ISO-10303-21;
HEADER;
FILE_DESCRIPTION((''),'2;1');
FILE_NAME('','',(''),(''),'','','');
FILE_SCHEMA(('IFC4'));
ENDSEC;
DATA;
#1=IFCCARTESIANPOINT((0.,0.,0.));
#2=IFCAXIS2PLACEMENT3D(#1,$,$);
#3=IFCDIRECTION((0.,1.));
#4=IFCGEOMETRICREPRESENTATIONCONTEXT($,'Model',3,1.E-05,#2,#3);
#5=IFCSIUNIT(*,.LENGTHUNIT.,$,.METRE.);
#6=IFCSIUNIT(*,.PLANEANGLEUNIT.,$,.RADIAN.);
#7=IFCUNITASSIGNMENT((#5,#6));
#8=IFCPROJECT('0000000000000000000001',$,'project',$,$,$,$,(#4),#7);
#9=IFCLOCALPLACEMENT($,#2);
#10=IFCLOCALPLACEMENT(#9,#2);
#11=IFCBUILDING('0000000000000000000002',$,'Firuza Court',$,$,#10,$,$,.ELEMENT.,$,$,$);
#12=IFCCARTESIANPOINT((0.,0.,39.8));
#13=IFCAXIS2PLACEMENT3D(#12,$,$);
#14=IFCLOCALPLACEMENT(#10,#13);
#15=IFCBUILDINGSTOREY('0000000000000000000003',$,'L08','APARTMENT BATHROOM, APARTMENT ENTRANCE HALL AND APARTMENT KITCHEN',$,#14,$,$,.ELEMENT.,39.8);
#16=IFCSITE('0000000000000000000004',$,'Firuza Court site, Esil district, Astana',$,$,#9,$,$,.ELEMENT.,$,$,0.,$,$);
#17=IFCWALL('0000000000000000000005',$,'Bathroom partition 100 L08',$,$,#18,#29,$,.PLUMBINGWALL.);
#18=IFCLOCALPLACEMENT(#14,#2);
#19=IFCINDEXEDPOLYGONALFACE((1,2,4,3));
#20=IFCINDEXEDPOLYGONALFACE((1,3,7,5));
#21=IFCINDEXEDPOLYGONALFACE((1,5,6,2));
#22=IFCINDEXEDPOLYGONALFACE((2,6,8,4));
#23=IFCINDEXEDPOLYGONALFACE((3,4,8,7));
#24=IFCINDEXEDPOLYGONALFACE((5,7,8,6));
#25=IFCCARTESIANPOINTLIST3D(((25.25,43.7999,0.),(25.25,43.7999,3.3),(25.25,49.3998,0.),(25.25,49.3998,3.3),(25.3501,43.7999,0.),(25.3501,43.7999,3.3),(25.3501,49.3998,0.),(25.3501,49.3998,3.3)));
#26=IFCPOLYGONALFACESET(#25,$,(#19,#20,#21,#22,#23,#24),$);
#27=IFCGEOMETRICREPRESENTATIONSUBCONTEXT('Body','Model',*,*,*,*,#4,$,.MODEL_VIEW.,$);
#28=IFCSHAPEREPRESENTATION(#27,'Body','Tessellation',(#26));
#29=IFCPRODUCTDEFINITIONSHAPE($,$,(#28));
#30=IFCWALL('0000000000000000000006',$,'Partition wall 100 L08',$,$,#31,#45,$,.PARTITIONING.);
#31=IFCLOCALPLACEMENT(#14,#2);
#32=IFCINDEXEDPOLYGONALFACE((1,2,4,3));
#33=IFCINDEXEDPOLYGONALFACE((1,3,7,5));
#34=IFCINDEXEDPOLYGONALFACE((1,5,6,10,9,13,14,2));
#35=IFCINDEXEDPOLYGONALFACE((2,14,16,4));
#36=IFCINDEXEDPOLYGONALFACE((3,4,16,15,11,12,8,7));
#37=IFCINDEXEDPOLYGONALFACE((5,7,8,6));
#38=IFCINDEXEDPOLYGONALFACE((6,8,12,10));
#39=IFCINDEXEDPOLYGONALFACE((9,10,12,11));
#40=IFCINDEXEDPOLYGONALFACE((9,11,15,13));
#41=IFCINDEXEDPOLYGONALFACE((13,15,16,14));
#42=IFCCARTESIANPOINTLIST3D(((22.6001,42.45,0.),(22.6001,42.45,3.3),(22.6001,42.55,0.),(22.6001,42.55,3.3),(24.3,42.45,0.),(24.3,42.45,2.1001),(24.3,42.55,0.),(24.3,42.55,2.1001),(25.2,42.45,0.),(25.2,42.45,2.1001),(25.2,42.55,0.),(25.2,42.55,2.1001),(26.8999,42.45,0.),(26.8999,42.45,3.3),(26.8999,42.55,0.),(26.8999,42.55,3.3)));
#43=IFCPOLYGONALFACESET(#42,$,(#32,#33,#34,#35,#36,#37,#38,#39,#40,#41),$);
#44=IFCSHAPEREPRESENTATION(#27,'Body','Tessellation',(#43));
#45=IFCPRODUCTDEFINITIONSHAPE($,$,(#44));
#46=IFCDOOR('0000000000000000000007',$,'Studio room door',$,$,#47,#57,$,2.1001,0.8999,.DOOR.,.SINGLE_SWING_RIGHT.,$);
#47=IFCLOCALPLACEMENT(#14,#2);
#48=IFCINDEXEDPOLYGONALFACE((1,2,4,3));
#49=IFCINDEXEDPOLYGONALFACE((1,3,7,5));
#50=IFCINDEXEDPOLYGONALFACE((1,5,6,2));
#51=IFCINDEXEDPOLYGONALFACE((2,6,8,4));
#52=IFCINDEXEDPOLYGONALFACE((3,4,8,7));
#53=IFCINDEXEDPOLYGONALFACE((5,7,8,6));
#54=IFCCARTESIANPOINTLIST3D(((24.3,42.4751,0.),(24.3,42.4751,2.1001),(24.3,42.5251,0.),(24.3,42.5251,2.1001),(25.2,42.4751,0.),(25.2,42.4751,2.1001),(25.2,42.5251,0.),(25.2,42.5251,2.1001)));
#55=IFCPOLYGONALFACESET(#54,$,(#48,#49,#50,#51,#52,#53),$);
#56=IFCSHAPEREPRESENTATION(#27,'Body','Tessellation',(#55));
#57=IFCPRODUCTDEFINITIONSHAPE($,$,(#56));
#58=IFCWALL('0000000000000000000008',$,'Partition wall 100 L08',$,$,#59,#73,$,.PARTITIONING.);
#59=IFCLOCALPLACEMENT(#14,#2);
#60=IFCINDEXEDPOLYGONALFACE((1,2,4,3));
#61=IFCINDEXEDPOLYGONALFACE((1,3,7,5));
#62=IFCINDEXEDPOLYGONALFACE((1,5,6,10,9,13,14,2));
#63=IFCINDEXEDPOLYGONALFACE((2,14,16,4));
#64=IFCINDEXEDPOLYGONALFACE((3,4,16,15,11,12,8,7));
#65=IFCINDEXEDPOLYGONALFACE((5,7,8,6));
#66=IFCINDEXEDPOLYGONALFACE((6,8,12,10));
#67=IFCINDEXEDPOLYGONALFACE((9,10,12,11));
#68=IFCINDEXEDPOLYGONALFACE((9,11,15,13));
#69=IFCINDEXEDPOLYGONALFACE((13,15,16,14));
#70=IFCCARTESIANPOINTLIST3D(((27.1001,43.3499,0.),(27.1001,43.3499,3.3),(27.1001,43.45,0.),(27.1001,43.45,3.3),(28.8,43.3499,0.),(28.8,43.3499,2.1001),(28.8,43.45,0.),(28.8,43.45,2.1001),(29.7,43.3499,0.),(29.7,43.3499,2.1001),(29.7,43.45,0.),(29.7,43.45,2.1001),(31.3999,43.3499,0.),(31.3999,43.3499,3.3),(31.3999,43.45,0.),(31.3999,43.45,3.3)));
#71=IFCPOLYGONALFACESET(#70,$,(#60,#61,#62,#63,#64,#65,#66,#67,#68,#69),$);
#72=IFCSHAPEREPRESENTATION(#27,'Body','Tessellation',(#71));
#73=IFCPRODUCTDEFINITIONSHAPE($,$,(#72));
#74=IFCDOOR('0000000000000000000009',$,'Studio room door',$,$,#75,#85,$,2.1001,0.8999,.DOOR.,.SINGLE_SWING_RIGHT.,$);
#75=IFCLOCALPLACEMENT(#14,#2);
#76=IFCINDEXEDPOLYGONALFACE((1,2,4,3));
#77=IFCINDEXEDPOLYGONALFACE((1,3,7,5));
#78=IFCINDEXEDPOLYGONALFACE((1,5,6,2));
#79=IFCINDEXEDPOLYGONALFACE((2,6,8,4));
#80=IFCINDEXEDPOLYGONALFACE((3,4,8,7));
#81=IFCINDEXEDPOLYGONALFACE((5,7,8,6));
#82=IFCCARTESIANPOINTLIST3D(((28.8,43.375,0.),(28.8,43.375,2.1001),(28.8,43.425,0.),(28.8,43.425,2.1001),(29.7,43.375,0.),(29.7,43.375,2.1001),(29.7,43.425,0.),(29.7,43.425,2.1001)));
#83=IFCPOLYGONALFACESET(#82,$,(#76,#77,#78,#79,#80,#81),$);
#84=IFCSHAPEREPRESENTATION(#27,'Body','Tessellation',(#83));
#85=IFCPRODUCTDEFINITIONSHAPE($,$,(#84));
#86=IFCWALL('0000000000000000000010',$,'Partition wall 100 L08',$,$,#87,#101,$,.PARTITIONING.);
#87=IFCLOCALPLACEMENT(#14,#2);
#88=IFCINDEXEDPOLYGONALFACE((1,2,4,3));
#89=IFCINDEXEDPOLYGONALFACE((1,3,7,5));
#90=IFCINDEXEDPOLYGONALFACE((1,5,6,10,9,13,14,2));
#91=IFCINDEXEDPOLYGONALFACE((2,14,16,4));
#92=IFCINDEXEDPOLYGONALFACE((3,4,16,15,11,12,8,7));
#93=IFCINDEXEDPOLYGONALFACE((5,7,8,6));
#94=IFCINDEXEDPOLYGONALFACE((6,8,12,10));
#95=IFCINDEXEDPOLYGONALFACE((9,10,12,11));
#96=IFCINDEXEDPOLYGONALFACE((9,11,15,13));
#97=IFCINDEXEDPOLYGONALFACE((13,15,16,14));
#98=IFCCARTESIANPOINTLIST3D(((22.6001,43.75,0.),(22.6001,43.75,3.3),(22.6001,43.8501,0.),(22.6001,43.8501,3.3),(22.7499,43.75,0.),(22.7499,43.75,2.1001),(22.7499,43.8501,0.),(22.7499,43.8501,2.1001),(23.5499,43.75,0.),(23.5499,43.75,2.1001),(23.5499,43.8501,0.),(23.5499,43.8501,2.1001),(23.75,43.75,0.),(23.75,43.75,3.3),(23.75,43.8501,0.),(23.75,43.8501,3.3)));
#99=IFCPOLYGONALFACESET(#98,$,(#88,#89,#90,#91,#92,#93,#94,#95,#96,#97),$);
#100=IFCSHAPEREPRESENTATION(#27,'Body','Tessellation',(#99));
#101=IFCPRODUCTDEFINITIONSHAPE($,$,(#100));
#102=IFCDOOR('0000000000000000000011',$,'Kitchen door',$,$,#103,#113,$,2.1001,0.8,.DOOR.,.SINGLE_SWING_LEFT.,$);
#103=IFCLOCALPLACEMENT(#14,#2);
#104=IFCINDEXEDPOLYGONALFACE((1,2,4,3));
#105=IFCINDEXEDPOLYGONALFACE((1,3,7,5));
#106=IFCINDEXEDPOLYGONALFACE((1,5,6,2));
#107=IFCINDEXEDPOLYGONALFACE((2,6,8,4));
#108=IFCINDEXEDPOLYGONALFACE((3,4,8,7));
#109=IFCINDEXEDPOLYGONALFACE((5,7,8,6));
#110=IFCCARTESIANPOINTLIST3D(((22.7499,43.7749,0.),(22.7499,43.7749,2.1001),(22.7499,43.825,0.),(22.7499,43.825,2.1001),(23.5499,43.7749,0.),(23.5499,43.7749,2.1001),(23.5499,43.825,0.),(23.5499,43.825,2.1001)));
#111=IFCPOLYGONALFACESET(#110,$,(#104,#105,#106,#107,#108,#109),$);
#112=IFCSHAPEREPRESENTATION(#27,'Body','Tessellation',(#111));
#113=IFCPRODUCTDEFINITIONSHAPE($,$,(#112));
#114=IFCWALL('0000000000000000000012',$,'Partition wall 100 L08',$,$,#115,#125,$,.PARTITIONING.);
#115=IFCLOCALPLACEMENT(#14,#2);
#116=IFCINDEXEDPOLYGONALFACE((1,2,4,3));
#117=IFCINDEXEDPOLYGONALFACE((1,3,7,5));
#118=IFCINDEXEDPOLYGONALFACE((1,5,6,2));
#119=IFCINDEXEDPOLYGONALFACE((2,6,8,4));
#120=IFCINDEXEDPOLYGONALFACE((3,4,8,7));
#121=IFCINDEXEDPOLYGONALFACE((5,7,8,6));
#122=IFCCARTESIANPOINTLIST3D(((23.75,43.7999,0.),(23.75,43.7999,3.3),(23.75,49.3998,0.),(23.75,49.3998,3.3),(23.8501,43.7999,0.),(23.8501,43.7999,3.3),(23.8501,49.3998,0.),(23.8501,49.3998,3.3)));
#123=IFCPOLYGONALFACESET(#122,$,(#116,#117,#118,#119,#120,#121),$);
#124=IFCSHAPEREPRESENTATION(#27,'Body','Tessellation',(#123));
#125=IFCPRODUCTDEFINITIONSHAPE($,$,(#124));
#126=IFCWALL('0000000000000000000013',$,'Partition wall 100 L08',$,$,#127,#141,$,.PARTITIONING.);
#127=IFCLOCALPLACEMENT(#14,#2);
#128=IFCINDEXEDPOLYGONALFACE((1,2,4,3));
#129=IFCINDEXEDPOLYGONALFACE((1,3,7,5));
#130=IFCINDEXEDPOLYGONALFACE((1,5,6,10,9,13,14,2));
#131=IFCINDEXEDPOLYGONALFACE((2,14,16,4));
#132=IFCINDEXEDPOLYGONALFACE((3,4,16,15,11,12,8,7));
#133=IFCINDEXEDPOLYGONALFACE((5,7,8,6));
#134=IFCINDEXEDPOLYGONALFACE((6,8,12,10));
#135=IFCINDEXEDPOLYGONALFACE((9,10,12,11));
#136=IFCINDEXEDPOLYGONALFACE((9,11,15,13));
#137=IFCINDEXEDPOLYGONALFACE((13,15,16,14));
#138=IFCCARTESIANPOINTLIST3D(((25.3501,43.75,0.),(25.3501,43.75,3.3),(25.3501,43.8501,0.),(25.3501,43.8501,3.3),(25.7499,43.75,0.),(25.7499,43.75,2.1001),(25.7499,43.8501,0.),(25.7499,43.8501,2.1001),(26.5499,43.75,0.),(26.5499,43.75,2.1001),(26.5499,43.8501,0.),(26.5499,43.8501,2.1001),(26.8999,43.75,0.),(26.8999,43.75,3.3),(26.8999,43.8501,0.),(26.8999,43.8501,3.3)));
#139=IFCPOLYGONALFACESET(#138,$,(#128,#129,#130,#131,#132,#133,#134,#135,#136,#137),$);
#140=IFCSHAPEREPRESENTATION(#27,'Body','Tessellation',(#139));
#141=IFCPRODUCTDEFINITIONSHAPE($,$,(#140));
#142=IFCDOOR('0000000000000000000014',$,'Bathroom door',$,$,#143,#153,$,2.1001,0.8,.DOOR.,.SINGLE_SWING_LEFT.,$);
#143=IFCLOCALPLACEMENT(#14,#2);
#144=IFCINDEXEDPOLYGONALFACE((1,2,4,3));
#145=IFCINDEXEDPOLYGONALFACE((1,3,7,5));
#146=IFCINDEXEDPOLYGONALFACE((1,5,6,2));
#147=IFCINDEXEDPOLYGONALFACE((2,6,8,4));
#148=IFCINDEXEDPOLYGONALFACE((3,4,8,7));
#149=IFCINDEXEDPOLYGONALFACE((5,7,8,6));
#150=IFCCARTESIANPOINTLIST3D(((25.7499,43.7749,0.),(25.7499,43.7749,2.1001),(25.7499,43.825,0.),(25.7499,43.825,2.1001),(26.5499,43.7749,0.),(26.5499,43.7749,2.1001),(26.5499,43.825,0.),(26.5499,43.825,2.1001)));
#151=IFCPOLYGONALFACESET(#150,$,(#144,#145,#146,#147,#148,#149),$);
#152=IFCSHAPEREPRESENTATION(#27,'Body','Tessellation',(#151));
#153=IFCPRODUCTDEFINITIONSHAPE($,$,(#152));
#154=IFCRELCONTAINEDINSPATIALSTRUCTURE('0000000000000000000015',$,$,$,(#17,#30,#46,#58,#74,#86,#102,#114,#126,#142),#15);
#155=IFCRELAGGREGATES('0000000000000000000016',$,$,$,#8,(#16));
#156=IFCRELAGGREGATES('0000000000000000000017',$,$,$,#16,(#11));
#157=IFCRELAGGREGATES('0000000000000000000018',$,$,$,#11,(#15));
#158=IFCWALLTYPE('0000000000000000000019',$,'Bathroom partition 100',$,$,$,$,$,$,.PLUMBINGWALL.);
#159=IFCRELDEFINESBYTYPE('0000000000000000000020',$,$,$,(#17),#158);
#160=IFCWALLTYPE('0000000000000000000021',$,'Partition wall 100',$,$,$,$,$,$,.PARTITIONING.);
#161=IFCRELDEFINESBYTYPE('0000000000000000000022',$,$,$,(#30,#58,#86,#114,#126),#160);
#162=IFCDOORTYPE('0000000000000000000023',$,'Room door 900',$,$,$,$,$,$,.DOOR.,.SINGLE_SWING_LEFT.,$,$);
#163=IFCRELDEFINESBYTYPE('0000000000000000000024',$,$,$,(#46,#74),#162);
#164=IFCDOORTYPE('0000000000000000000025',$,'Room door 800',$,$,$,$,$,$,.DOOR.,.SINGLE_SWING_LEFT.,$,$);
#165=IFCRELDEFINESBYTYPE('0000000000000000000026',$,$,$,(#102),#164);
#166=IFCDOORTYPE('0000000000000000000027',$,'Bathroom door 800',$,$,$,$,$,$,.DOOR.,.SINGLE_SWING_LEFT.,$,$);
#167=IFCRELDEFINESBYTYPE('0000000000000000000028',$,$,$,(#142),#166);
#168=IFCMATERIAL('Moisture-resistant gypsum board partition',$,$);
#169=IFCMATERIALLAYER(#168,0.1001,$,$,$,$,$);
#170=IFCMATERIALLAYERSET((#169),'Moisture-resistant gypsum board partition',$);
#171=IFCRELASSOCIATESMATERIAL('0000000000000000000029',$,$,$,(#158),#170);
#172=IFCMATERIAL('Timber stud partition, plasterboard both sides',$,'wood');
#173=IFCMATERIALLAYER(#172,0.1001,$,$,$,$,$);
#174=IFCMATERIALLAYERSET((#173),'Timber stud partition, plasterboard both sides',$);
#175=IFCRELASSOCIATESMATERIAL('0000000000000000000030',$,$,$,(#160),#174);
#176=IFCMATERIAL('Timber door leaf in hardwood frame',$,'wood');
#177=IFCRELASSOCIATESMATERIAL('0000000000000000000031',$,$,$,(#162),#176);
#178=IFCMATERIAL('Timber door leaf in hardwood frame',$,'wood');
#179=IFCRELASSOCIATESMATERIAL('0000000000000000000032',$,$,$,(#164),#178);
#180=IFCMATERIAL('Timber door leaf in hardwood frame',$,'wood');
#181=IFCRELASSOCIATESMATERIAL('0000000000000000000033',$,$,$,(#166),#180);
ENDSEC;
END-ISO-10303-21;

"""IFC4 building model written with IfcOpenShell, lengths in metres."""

from ifc_helpers import new_model, si_unit, direction, frame, frame_2d, origin, place, context, subcontext, project, spatial, rectangle, extrude, material, layer, layer_set, type_object, element, fill, save


model = new_model("IFC4")

# Units and contexts
model_context = context("Model", 3, precision=1e-05, world=origin(), true_north=direction((0.0, 1.0)))
body_context = subcontext(model_context, "Body", "Model", "MODEL_VIEW")
ifc_project = project(units=[si_unit("LENGTHUNIT", "METRE"), si_unit("PLANEANGLEUNIT", "RADIAN")], contexts=[model_context])

# Site, building, storey
site_placement = place(None, origin())
site = spatial("IfcSite", under=ifc_project, at=site_placement, Name="Firuza Court site, Esil district, Astana", CompositionType="ELEMENT", RefElevation=0.0)
building_placement = place(site_placement, origin())
building = spatial("IfcBuilding", under=site, at=building_placement, Name="Firuza Court", CompositionType="ELEMENT")
storey_placement = place(building_placement, frame((0.0, 0.0, 39.8)))
storey = spatial("IfcBuildingStorey", under=building, at=storey_placement, Name="L08", Description="APARTMENT BATHROOM, APARTMENT ENTRANCE HALL AND APARTMENT KITCHEN", CompositionType="ELEMENT", Elevation=39.8)

# Wall
ifc_material_1 = material(Name="Moisture-resistant gypsum board partition")
ifc_layer_1 = layer(ifc_material_1, 0.1001)
ifc_layer_set_1 = layer_set([ifc_layer_1], Name="Moisture-resistant gypsum board partition")
wall_type_1 = type_object("IfcWallType", Name="Bathroom partition 100", PredefinedType="PLUMBINGWALL", material=ifc_layer_set_1)
wall_1_placement = place(storey_placement, frame((25.3, 43.8, 0.0), z_axis=(0.0, 0.0, 1.0), x_axis=(0.0, 1.0, 0.0)))
element("IfcWall", 1, at=wall_1_placement, inside=storey, type_object=wall_type_1, Name="Bathroom partition 100 L08", PredefinedType="PLUMBINGWALL", context=body_context, shape_type="SweptSolid", body=[
    extrude(rectangle(XDim=5.5999, YDim=0.1001, at=frame_2d((2.7998, 0.0))), origin(), (0.0, 0.0, 1.0), 3.3),
])

# Walls, openings, doors
ifc_material_2 = material(Name="Timber stud partition, plasterboard both sides", Category="wood")
ifc_layer_2 = layer(ifc_material_2, 0.1001)
ifc_layer_set_2 = layer_set([ifc_layer_2], Name="Timber stud partition, plasterboard both sides")
wall_type_2 = type_object("IfcWallType", Name="Partition wall 100", PredefinedType="PARTITIONING", material=ifc_layer_set_2)
wall_2_placement = place(storey_placement, frame((22.6001, 42.5, 0.0), z_axis=(0.0, 0.0, 1.0), x_axis=(1.0, 0.0, 0.0)))
wall_2 = element("IfcWall", 2, at=wall_2_placement, inside=storey, type_object=wall_type_2, Name="Partition wall 100 L08", PredefinedType="PARTITIONING", context=body_context, shape_type="SweptSolid", body=[
    extrude(rectangle(XDim=4.2998, YDim=0.1001, at=frame_2d((2.1499, 0.0))), origin(), (0.0, 0.0, 1.0), 3.3),
])
opening_1_placement = place(wall_2_placement, frame((1.7, 0.0, 0.0)))
opening_1 = element("IfcOpeningElement", 3, at=opening_1_placement, cuts=wall_2, PredefinedType="OPENING", context=body_context, shape_type="SweptSolid", body=[
    extrude(rectangle(XDim=0.8999, YDim=2.1001, at=frame_2d((0.45, 1.05))), frame((0.0, 0.062, 0.0), z_axis=(0.0, -1.0, 0.0), x_axis=(1.0, 0.0, 0.0)), (0.0, 0.0, 1.0), 0.124),
])
ifc_material_3 = material(Name="Timber door leaf in hardwood frame", Category="wood")
door_type_1 = type_object("IfcDoorType", Name="Room door 900", OperationType="SINGLE_SWING_LEFT", PredefinedType="DOOR", material=ifc_material_3)
door_1_placement = place(opening_1_placement, frame((0.8999, 0.0, 0.0), z_axis=(0.0, 0.0, 1.0), x_axis=(-1.0, 0.0, 0.0)))
door_1 = element("IfcDoor", 4, at=door_1_placement, inside=storey, type_object=door_type_1, Name="Studio room door", OperationType="SINGLE_SWING_RIGHT", OverallHeight=2.1001, OverallWidth=0.8999, PredefinedType="DOOR", context=body_context, shape_type="SweptSolid", body=[
    extrude(rectangle(XDim=0.8999, YDim=2.1001, at=frame_2d((0.45, 1.05))), frame((0.0, 0.0249, 0.0), z_axis=(0.0, -1.0, 0.0), x_axis=(1.0, 0.0, 0.0)), (0.0, 0.0, 1.0), 0.05),
])
fill(opening_1, door_1)
wall_3_placement = place(storey_placement, frame((27.1001, 43.3999, 0.0), z_axis=(0.0, 0.0, 1.0), x_axis=(1.0, 0.0, 0.0)))
wall_3 = element("IfcWall", 5, at=wall_3_placement, inside=storey, type_object=wall_type_2, Name="Partition wall 100 L08", PredefinedType="PARTITIONING", context=body_context, shape_type="SweptSolid", body=[
    extrude(rectangle(XDim=4.2998, YDim=0.1001, at=frame_2d((2.1499, 0.0))), origin(), (0.0, 0.0, 1.0), 3.3),
])
opening_2_placement = place(wall_3_placement, frame((1.7, 0.0, 0.0)))
opening_2 = element("IfcOpeningElement", 6, at=opening_2_placement, cuts=wall_3, PredefinedType="OPENING", context=body_context, shape_type="SweptSolid", body=[
    extrude(rectangle(XDim=0.8999, YDim=2.1001, at=frame_2d((0.45, 1.05))), frame((0.0, 0.062, 0.0), z_axis=(0.0, -1.0, 0.0), x_axis=(1.0, 0.0, 0.0)), (0.0, 0.0, 1.0), 0.124),
])
door_2_placement = place(opening_2_placement, frame((0.8999, 0.0, 0.0), z_axis=(0.0, 0.0, 1.0), x_axis=(-1.0, 0.0, 0.0)))
door_2 = element("IfcDoor", 7, at=door_2_placement, inside=storey, type_object=door_type_1, Name="Studio room door", OperationType="SINGLE_SWING_RIGHT", OverallHeight=2.1001, OverallWidth=0.8999, PredefinedType="DOOR", context=body_context, shape_type="SweptSolid", body=[
    extrude(rectangle(XDim=0.8999, YDim=2.1001, at=frame_2d((0.45, 1.05))), frame((0.0, 0.0249, 0.0), z_axis=(0.0, -1.0, 0.0), x_axis=(1.0, 0.0, 0.0)), (0.0, 0.0, 1.0), 0.05),
])
fill(opening_2, door_2)
wall_4_placement = place(storey_placement, frame((22.6001, 43.8, 0.0), z_axis=(0.0, 0.0, 1.0), x_axis=(1.0, 0.0, 0.0)))
wall_4 = element("IfcWall", 8, at=wall_4_placement, inside=storey, type_object=wall_type_2, Name="Partition wall 100 L08", PredefinedType="PARTITIONING", context=body_context, shape_type="SweptSolid", body=[
    extrude(rectangle(XDim=1.1499, YDim=0.1001, at=frame_2d((0.575, 0.0))), origin(), (0.0, 0.0, 1.0), 3.3),
])
opening_3_placement = place(wall_4_placement, frame((0.1499, 0.0, 0.0)))
opening_3 = element("IfcOpeningElement", 9, at=opening_3_placement, cuts=wall_4, PredefinedType="OPENING", context=body_context, shape_type="SweptSolid", body=[
    extrude(rectangle(XDim=0.8, YDim=2.1001, at=frame_2d((0.3999, 1.05))), frame((0.0, 0.062, 0.0), z_axis=(0.0, -1.0, 0.0), x_axis=(1.0, 0.0, 0.0)), (0.0, 0.0, 1.0), 0.124),
])
ifc_material_4 = material(Name="Timber door leaf in hardwood frame", Category="wood")
door_type_2 = type_object("IfcDoorType", Name="Room door 800", OperationType="SINGLE_SWING_LEFT", PredefinedType="DOOR", material=ifc_material_4)
door_3_placement = place(opening_3_placement, origin())
door_3 = element("IfcDoor", 10, at=door_3_placement, inside=storey, type_object=door_type_2, Name="Kitchen door", OperationType="SINGLE_SWING_LEFT", OverallHeight=2.1001, OverallWidth=0.8, PredefinedType="DOOR", context=body_context, shape_type="SweptSolid", body=[
    extrude(rectangle(XDim=0.8, YDim=2.1001, at=frame_2d((0.3999, 1.05))), frame((0.0, 0.0249, 0.0), z_axis=(0.0, -1.0, 0.0), x_axis=(1.0, 0.0, 0.0)), (0.0, 0.0, 1.0), 0.05),
])
fill(opening_3, door_3)

# Wall
wall_5_placement = place(storey_placement, frame((23.8, 43.8, 0.0), z_axis=(0.0, 0.0, 1.0), x_axis=(0.0, 1.0, 0.0)))
element("IfcWall", 11, at=wall_5_placement, inside=storey, type_object=wall_type_2, Name="Partition wall 100 L08", PredefinedType="PARTITIONING", context=body_context, shape_type="SweptSolid", body=[
    extrude(rectangle(XDim=5.5999, YDim=0.1001, at=frame_2d((2.7998, 0.0))), origin(), (0.0, 0.0, 1.0), 3.3),
])

# Wall, opening, door
wall_6_placement = place(storey_placement, frame((25.3501, 43.8, 0.0), z_axis=(0.0, 0.0, 1.0), x_axis=(1.0, 0.0, 0.0)))
wall_6 = element("IfcWall", 12, at=wall_6_placement, inside=storey, type_object=wall_type_2, Name="Partition wall 100 L08", PredefinedType="PARTITIONING", context=body_context, shape_type="SweptSolid", body=[
    extrude(rectangle(XDim=1.5498, YDim=0.1001, at=frame_2d((0.7749, 0.0))), origin(), (0.0, 0.0, 1.0), 3.3),
])
opening_4_placement = place(wall_6_placement, frame((0.3999, 0.0, 0.0)))
opening_4 = element("IfcOpeningElement", 13, at=opening_4_placement, cuts=wall_6, PredefinedType="OPENING", context=body_context, shape_type="SweptSolid", body=[
    extrude(rectangle(XDim=0.8, YDim=2.1001, at=frame_2d((0.3999, 1.05))), frame((0.0, 0.062, 0.0), z_axis=(0.0, -1.0, 0.0), x_axis=(1.0, 0.0, 0.0)), (0.0, 0.0, 1.0), 0.124),
])
ifc_material_5 = material(Name="Timber door leaf in hardwood frame", Category="wood")
door_type_3 = type_object("IfcDoorType", Name="Bathroom door 800", OperationType="SINGLE_SWING_LEFT", PredefinedType="DOOR", material=ifc_material_5)
door_4_placement = place(opening_4_placement, origin())
door_4 = element("IfcDoor", 14, at=door_4_placement, inside=storey, type_object=door_type_3, Name="Bathroom door", OperationType="SINGLE_SWING_LEFT", OverallHeight=2.1001, OverallWidth=0.8, PredefinedType="DOOR", context=body_context, shape_type="SweptSolid", body=[
    extrude(rectangle(XDim=0.8, YDim=2.1001, at=frame_2d((0.3999, 1.05))), frame((0.0, 0.0249, 0.0), z_axis=(0.0, -1.0, 0.0), x_axis=(1.0, 0.0, 0.0)), (0.0, 0.0, 1.0), 0.05),
])
fill(opening_4, door_4)

save(model, "model.ifc")
